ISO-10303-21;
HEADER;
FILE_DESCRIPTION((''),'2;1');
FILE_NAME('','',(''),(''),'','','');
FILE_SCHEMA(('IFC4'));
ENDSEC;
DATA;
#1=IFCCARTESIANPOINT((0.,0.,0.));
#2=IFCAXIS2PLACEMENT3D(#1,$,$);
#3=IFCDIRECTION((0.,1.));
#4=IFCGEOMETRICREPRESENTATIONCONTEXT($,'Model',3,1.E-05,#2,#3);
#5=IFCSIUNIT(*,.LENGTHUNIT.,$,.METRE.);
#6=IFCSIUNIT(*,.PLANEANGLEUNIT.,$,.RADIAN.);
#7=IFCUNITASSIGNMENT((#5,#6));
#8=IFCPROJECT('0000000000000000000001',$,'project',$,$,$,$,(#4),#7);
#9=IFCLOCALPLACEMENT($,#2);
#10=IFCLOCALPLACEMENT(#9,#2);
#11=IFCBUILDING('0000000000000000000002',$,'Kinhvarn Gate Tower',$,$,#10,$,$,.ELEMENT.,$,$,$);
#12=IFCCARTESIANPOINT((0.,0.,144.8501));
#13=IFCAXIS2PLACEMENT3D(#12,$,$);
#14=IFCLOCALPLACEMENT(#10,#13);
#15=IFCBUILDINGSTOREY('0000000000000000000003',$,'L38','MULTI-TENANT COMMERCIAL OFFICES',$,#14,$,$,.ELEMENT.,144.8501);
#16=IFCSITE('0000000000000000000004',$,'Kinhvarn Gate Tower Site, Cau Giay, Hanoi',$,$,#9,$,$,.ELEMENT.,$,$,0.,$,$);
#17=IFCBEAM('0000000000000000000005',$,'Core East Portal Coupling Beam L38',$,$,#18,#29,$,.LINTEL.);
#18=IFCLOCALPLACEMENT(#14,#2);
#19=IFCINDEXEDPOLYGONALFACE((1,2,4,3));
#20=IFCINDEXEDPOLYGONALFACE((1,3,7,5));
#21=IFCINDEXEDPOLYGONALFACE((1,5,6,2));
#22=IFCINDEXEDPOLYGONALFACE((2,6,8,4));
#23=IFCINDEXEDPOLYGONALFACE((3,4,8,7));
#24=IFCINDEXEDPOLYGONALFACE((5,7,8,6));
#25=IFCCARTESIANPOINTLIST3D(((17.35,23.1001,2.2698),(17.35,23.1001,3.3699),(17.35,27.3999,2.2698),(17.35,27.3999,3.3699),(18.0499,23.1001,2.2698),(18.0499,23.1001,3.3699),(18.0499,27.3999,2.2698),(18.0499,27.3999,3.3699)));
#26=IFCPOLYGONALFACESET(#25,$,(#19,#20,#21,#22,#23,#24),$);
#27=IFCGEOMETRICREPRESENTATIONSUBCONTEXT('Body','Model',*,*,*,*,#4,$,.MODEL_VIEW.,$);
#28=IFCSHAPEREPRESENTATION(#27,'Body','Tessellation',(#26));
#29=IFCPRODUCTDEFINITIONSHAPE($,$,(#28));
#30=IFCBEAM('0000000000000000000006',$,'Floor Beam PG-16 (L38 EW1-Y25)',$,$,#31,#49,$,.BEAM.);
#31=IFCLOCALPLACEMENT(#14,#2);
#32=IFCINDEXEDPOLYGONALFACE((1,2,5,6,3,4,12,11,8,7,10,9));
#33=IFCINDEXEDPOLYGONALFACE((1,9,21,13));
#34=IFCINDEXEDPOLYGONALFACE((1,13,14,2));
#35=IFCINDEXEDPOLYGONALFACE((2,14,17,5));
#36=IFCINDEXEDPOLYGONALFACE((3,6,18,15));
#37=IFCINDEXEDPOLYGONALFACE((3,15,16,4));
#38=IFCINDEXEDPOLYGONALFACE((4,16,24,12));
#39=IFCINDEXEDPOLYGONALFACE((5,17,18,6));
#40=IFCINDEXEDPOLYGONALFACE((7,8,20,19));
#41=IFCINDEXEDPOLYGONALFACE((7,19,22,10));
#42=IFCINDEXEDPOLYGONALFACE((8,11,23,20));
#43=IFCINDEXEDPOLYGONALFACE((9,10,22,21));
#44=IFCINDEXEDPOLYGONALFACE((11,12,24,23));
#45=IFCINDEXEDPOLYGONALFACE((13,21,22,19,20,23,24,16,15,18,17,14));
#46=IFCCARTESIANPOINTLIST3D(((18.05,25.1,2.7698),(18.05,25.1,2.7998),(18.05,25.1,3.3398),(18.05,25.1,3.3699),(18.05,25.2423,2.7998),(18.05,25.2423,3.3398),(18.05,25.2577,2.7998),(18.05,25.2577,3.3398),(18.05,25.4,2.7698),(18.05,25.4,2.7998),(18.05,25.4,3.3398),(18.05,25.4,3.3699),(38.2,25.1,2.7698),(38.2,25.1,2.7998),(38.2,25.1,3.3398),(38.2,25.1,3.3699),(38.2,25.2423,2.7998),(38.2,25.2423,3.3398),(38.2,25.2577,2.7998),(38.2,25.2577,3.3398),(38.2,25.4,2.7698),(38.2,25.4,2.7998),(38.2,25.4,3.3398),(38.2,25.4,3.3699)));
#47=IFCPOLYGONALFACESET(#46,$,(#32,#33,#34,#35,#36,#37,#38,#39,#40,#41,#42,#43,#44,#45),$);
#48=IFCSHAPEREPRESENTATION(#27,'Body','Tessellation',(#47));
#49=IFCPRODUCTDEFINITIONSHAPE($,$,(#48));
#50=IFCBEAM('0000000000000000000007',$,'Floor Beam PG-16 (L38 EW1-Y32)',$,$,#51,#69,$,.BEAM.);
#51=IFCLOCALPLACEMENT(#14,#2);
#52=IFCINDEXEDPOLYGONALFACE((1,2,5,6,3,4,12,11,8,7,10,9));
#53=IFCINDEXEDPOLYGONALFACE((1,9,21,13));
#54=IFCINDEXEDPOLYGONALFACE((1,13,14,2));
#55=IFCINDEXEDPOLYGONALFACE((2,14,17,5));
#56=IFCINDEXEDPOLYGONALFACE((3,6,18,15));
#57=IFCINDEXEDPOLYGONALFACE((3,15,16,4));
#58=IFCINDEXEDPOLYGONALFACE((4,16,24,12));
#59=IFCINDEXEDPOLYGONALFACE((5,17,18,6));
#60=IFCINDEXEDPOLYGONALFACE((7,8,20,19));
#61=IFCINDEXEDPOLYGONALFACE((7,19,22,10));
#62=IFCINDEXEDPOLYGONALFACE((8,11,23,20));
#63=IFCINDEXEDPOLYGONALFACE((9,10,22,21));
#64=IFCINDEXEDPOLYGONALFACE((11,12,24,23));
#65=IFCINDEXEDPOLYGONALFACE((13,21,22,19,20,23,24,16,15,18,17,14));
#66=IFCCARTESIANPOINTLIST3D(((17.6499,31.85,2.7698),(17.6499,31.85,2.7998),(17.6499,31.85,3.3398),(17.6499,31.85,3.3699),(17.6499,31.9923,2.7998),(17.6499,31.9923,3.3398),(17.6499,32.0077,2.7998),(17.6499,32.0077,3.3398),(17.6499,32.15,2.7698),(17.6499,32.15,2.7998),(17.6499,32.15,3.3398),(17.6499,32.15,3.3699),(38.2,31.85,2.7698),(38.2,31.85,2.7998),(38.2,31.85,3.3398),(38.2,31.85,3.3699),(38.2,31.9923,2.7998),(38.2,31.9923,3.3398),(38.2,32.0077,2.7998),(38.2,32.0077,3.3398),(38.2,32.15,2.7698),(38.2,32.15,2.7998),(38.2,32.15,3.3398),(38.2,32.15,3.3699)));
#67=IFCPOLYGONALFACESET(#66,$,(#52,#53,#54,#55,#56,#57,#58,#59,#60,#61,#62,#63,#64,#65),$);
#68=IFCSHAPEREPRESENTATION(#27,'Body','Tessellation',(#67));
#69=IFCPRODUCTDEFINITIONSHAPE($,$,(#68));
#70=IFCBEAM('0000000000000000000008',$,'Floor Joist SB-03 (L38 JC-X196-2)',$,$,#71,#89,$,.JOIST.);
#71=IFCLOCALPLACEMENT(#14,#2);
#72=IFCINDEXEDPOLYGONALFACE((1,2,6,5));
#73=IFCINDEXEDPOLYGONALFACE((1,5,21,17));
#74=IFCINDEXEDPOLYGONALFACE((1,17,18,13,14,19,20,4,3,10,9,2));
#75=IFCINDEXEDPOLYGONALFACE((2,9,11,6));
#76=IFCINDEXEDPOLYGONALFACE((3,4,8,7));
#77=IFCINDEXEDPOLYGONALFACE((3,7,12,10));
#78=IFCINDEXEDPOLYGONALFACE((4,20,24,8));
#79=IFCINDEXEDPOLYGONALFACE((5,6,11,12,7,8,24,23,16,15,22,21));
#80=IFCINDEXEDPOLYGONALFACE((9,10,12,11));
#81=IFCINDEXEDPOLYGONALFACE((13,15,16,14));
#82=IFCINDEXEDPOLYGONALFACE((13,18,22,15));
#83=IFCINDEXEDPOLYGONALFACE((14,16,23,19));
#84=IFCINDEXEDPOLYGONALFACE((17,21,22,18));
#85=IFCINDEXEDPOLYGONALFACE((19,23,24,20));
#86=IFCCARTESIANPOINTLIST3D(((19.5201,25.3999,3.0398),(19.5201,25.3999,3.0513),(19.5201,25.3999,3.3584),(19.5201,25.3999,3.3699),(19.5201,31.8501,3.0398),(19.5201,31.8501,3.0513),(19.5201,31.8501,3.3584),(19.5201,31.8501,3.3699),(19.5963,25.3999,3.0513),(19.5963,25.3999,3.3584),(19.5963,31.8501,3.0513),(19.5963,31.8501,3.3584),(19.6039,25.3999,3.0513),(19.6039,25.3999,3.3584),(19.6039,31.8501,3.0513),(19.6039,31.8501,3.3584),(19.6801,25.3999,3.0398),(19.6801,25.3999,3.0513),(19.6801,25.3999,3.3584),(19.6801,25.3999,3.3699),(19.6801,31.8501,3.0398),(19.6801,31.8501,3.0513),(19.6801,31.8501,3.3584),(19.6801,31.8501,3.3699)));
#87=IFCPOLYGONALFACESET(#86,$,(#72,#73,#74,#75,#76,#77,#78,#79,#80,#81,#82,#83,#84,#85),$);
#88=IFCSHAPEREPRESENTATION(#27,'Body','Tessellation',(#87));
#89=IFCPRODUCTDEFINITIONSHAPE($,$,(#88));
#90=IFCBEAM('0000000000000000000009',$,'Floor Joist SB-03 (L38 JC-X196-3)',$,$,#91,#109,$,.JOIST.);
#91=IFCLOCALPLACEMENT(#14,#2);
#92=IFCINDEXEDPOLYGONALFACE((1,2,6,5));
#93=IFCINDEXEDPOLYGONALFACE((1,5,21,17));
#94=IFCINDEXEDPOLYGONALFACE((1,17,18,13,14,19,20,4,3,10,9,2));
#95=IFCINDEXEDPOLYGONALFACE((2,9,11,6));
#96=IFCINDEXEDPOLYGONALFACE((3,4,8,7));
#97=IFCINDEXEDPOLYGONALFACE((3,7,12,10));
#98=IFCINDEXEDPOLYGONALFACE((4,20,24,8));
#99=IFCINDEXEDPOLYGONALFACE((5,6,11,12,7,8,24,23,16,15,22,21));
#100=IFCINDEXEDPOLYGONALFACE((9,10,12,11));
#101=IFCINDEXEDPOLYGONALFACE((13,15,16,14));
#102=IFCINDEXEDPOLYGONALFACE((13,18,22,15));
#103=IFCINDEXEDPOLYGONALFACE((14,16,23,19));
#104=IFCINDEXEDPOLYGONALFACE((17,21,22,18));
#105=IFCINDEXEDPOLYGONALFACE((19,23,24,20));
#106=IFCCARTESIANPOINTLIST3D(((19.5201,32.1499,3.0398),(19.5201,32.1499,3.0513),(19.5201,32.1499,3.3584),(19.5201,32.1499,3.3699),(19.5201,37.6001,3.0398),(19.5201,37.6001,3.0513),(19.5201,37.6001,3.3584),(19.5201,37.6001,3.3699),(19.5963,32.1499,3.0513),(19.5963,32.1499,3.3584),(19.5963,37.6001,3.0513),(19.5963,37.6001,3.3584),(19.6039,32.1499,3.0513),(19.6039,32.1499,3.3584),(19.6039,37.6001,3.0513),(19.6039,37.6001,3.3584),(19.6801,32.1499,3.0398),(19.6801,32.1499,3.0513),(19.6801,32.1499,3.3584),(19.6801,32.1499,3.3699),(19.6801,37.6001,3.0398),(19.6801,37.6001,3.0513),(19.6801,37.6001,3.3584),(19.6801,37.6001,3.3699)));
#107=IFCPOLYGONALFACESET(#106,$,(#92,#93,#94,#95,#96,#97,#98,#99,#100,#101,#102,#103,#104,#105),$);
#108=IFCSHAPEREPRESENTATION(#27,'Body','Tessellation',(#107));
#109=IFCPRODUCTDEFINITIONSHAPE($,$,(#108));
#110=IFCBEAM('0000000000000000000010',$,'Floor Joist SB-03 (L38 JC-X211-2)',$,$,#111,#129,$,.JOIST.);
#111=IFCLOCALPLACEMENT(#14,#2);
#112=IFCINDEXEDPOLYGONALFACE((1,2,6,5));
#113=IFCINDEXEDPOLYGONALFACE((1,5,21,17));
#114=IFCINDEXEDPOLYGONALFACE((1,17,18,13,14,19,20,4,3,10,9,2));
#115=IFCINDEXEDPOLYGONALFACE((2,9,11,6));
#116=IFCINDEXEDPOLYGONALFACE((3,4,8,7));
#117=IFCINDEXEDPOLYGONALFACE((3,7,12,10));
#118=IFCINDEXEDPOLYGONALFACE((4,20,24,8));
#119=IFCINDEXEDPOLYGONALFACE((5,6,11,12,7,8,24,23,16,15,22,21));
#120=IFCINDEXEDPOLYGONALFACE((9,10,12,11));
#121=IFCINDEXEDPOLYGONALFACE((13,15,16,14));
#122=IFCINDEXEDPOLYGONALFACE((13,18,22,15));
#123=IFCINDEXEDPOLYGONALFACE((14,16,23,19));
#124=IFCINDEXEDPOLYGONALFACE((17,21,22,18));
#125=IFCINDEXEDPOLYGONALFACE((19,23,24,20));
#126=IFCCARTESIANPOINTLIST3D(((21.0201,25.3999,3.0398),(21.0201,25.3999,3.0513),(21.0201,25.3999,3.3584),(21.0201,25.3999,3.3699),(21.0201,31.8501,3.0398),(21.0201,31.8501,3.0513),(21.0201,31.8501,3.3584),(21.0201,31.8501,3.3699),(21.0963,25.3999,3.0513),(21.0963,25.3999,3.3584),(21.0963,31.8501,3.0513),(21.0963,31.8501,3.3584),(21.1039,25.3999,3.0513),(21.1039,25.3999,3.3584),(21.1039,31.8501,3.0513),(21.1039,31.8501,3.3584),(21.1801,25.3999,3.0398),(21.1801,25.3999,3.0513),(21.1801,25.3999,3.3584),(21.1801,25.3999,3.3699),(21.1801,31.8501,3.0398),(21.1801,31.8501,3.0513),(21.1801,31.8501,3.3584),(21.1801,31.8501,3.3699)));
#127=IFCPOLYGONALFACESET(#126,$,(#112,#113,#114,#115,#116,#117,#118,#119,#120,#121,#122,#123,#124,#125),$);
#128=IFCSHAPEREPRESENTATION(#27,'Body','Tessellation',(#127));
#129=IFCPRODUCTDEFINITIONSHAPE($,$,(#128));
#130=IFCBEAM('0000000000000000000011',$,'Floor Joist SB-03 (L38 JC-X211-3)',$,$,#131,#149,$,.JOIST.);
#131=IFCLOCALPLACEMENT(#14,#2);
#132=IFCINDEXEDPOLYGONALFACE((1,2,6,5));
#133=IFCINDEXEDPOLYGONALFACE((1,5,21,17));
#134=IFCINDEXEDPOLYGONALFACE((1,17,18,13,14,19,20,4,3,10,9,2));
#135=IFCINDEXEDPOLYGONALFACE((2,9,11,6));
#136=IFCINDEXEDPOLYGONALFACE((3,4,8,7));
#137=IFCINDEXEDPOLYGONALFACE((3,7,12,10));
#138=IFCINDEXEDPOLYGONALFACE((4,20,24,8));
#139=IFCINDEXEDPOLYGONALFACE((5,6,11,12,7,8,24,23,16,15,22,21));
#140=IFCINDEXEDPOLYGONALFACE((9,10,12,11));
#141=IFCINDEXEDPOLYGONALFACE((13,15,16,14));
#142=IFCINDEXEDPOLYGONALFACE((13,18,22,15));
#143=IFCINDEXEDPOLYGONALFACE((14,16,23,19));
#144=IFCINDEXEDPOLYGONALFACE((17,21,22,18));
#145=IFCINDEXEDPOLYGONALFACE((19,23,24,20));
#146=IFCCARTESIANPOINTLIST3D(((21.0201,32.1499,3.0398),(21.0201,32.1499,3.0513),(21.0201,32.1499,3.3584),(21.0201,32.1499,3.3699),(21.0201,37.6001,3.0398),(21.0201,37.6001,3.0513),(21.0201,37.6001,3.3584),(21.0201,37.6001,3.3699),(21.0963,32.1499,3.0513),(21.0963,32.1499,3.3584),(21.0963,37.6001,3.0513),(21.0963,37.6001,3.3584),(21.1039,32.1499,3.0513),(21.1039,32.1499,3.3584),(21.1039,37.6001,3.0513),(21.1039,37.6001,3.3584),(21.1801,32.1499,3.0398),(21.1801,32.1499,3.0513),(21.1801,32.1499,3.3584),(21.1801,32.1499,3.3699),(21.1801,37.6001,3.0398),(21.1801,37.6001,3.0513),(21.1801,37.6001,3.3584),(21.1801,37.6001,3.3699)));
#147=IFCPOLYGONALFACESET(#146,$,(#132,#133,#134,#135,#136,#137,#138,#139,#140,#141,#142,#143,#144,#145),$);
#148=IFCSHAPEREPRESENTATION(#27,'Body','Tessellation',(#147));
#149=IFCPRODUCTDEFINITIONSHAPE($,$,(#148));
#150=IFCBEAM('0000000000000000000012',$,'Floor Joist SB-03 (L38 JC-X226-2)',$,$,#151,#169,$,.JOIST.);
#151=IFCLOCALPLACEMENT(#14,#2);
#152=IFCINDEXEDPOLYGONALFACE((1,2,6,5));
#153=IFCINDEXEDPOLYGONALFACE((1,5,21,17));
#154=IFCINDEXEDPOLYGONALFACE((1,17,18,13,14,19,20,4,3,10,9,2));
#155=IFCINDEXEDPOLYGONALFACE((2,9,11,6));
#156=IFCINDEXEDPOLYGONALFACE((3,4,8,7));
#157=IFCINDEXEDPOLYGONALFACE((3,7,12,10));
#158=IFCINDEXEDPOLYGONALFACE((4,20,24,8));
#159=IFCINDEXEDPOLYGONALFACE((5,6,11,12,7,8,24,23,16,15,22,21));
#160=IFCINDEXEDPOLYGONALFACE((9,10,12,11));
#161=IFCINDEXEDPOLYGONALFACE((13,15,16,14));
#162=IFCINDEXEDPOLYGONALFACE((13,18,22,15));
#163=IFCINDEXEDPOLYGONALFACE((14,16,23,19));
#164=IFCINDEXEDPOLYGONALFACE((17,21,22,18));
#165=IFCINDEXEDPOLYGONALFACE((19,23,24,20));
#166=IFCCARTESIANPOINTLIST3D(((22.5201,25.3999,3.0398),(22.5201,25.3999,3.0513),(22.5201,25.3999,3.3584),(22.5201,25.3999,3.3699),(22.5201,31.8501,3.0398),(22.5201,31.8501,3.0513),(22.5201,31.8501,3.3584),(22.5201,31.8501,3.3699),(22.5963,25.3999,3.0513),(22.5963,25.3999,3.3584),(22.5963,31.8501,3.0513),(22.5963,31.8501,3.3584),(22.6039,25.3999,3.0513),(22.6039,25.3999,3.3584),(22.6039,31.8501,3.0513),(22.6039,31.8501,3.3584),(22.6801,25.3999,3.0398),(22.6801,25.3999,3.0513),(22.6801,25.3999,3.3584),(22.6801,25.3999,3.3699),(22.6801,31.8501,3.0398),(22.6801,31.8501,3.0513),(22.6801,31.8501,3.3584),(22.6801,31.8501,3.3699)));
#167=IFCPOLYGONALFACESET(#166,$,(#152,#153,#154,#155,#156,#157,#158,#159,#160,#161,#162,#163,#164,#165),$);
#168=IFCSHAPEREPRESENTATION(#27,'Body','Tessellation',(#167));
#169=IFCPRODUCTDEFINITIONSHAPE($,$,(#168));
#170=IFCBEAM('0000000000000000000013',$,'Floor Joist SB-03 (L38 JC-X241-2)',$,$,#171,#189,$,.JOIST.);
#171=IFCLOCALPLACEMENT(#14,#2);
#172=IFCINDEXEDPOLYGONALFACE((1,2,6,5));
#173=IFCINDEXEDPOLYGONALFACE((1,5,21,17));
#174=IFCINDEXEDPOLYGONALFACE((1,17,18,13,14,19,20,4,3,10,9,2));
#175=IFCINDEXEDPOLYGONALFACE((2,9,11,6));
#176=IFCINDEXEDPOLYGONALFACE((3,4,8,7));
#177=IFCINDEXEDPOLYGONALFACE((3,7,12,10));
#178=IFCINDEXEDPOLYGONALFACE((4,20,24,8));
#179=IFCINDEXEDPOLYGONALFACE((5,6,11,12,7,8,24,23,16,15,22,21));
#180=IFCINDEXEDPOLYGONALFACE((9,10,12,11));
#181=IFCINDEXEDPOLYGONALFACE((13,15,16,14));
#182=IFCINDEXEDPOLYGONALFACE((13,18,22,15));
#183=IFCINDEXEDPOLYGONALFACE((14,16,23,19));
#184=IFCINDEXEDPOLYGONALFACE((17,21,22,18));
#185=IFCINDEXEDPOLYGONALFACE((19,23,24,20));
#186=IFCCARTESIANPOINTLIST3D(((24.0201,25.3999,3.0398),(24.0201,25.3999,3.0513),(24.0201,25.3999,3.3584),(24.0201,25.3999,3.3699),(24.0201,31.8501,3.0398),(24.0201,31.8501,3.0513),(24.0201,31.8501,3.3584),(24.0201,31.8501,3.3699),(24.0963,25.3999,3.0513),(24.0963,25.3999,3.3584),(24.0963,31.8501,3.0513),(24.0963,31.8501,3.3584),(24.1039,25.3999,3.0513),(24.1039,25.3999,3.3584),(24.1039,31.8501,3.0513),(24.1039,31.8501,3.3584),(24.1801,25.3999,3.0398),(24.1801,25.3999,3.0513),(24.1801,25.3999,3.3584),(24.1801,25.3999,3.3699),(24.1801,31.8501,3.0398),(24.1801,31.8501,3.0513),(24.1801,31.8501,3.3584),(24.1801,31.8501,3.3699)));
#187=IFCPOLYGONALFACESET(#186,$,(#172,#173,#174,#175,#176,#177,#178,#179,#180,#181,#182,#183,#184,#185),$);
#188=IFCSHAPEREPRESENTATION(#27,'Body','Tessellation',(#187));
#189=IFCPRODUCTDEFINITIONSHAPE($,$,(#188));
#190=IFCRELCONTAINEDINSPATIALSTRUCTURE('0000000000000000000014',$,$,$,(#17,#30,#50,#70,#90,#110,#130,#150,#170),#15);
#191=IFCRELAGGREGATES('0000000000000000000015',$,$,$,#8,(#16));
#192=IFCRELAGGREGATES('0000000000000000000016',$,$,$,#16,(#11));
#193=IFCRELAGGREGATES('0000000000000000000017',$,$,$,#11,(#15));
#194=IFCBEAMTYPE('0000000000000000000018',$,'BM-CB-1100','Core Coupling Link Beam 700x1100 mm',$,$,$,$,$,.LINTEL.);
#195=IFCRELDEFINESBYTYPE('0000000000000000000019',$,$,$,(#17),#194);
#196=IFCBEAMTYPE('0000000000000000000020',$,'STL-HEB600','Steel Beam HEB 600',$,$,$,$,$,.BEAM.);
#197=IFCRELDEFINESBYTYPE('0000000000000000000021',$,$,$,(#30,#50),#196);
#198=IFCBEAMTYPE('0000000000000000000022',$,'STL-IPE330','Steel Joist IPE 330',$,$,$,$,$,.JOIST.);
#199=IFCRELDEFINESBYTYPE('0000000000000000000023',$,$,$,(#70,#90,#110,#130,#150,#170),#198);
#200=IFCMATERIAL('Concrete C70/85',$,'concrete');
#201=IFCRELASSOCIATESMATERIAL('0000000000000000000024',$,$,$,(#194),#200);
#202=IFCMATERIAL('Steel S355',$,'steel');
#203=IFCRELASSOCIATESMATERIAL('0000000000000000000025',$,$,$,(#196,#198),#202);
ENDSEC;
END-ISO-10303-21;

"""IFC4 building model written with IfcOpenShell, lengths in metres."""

from ifc_helpers import new_model, si_unit, direction, frame, origin, origin_2d, place, context, subcontext, project, spatial, rectangle, i_section, extrude, material, material_profile, profile_set, type_object, element, save


model = new_model("IFC4")

# Units and contexts
model_context = context("Model", 3, precision=1e-05, world=origin(), true_north=direction((0.0, 1.0)))
body_context = subcontext(model_context, "Body", "Model", "MODEL_VIEW")
ifc_project = project(units=[si_unit("LENGTHUNIT", "METRE"), si_unit("PLANEANGLEUNIT", "RADIAN")], contexts=[model_context])

# Site, building, storey
site_placement = place(None, origin())
site = spatial("IfcSite", under=ifc_project, at=site_placement, Name="Kinhvarn Gate Tower Site, Cau Giay, Hanoi", CompositionType="ELEMENT", RefElevation=0.0)
building_placement = place(site_placement, origin())
building = spatial("IfcBuilding", under=site, at=building_placement, Name="Kinhvarn Gate Tower", CompositionType="ELEMENT")
storey_placement = place(building_placement, frame((0.0, 0.0, 144.8501)))
storey = spatial("IfcBuildingStorey", under=building, at=storey_placement, Name="L38", Description="MULTI-TENANT COMMERCIAL OFFICES", CompositionType="ELEMENT", Elevation=144.8501)

# Beams
ifc_material_1 = material(Name="Concrete C70/85", Category="concrete")
ifc_material_profile_1 = material_profile(ifc_material_1, rectangle(XDim=0.7, YDim=1.1001, at=origin_2d()), Name="RC 700x1100")
ifc_profile_set_1 = profile_set([ifc_material_profile_1], Name="Concrete C70/85")
beam_type_1 = type_object("IfcBeamType", Name="BM-CB-1100", Description="Core Coupling Link Beam 700x1100 mm", PredefinedType="LINTEL", material=ifc_profile_set_1)
beam_1_placement = place(storey_placement, frame((17.7, 23.1001, 2.8198), z_axis=(0.0, 1.0, 0.0), x_axis=(-1.0, 0.0, 0.0)))
element("IfcBeam", 1, at=beam_1_placement, inside=storey, type_object=beam_type_1, Name="Core East Portal Coupling Beam L38", PredefinedType="LINTEL", context=body_context, shape_type="SweptSolid", body=[
    extrude(rectangle(XDim=0.7, YDim=1.1001, at=origin_2d()), origin(), (0.0, 0.0, 1.0), 4.2998),
])
ifc_material_2 = material(Name="Steel S355", Category="steel")
ifc_material_profile_2 = material_profile(ifc_material_2, i_section(OverallWidth=0.3, OverallDepth=0.6001, WebThickness=0.0154, FlangeThickness=0.03, at=origin_2d()), Name="HEB 600")
ifc_profile_set_2 = profile_set([ifc_material_profile_2], Name="Steel S355")
beam_type_2 = type_object("IfcBeamType", Name="STL-HEB600", Description="Steel Beam HEB 600", PredefinedType="BEAM", material=ifc_profile_set_2)
beam_2_placement = place(storey_placement, frame((18.05, 25.25, 3.0698), z_axis=(1.0, 0.0, 0.0), x_axis=(0.0, 1.0, 0.0)))
element("IfcBeam", 2, at=beam_2_placement, inside=storey, type_object=beam_type_2, Name="Floor Beam PG-16 (L38 EW1-Y25)", PredefinedType="BEAM", context=body_context, shape_type="SweptSolid", body=[
    extrude(i_section(OverallWidth=0.3, OverallDepth=0.6001, WebThickness=0.0154, FlangeThickness=0.03, at=origin_2d()), origin(), (0.0, 0.0, 1.0), 20.1499),
])
beam_3_placement = place(storey_placement, frame((17.6499, 32.0, 3.0698), z_axis=(1.0, 0.0, 0.0), x_axis=(0.0, 1.0, 0.0)))
element("IfcBeam", 3, at=beam_3_placement, inside=storey, type_object=beam_type_2, Name="Floor Beam PG-16 (L38 EW1-Y32)", PredefinedType="BEAM", context=body_context, shape_type="SweptSolid", body=[
    extrude(i_section(OverallWidth=0.3, OverallDepth=0.6001, WebThickness=0.0154, FlangeThickness=0.03, at=origin_2d()), origin(), (0.0, 0.0, 1.0), 20.55),
])
ifc_material_profile_3 = material_profile(ifc_material_2, i_section(OverallWidth=0.1599, OverallDepth=0.3301, WebThickness=0.0076, FlangeThickness=0.0115, at=origin_2d()), Name="IPE 330")
ifc_profile_set_3 = profile_set([ifc_material_profile_3], Name="Steel S355")
beam_type_3 = type_object("IfcBeamType", Name="STL-IPE330", Description="Steel Joist IPE 330", PredefinedType="JOIST", material=ifc_profile_set_3)
beam_4_placement = place(storey_placement, frame((19.6001, 25.3999, 3.2048), z_axis=(0.0, 1.0, 0.0), x_axis=(-1.0, 0.0, 0.0)))
element("IfcBeam", 4, at=beam_4_placement, inside=storey, type_object=beam_type_3, Name="Floor Joist SB-03 (L38 JC-X196-2)", PredefinedType="JOIST", context=body_context, shape_type="SweptSolid", body=[
    extrude(i_section(OverallWidth=0.1599, OverallDepth=0.3301, WebThickness=0.0076, FlangeThickness=0.0115, at=origin_2d()), origin(), (0.0, 0.0, 1.0), 6.4502),
])
beam_5_placement = place(storey_placement, frame((19.6001, 32.1499, 3.2048), z_axis=(0.0, 1.0, 0.0), x_axis=(-1.0, 0.0, 0.0)))
element("IfcBeam", 5, at=beam_5_placement, inside=storey, type_object=beam_type_3, Name="Floor Joist SB-03 (L38 JC-X196-3)", PredefinedType="JOIST", context=body_context, shape_type="SweptSolid", body=[
    extrude(i_section(OverallWidth=0.1599, OverallDepth=0.3301, WebThickness=0.0076, FlangeThickness=0.0115, at=origin_2d()), origin(), (0.0, 0.0, 1.0), 5.4502),
])
beam_6_placement = place(storey_placement, frame((21.1001, 25.3999, 3.2048), z_axis=(0.0, 1.0, 0.0), x_axis=(-1.0, 0.0, 0.0)))
element("IfcBeam", 6, at=beam_6_placement, inside=storey, type_object=beam_type_3, Name="Floor Joist SB-03 (L38 JC-X211-2)", PredefinedType="JOIST", context=body_context, shape_type="SweptSolid", body=[
    extrude(i_section(OverallWidth=0.1599, OverallDepth=0.3301, WebThickness=0.0076, FlangeThickness=0.0115, at=origin_2d()), origin(), (0.0, 0.0, 1.0), 6.4502),
])
beam_7_placement = place(storey_placement, frame((21.1001, 32.1499, 3.2048), z_axis=(0.0, 1.0, 0.0), x_axis=(-1.0, 0.0, 0.0)))
element("IfcBeam", 7, at=beam_7_placement, inside=storey, type_object=beam_type_3, Name="Floor Joist SB-03 (L38 JC-X211-3)", PredefinedType="JOIST", context=body_context, shape_type="SweptSolid", body=[
    extrude(i_section(OverallWidth=0.1599, OverallDepth=0.3301, WebThickness=0.0076, FlangeThickness=0.0115, at=origin_2d()), origin(), (0.0, 0.0, 1.0), 5.4502),
])
for number, where, z_axis, x_axis, name in (
    (8, (22.6001, 25.3999, 3.2048), (0.0, 1.0, 0.0), (-1.0, 0.0, 0.0), "Floor Joist SB-03 (L38 JC-X226-2)"),
    (9, (24.1001, 25.3999, 3.2048), (0.0, 1.0, 0.0), (-1.0, 0.0, 0.0), "Floor Joist SB-03 (L38 JC-X241-2)"),
):
    element("IfcBeam", number, at=place(storey_placement, frame(where, z_axis=z_axis, x_axis=x_axis)), inside=storey, type_object=beam_type_3, Name=name, PredefinedType="JOIST", context=body_context, shape_type="SweptSolid", body=[
        extrude(i_section(OverallWidth=0.1599, OverallDepth=0.3301, WebThickness=0.0076, FlangeThickness=0.0115, at=origin_2d()), origin(), (0.0, 0.0, 1.0), 6.4502),
    ])

save(model, "model.ifc")
